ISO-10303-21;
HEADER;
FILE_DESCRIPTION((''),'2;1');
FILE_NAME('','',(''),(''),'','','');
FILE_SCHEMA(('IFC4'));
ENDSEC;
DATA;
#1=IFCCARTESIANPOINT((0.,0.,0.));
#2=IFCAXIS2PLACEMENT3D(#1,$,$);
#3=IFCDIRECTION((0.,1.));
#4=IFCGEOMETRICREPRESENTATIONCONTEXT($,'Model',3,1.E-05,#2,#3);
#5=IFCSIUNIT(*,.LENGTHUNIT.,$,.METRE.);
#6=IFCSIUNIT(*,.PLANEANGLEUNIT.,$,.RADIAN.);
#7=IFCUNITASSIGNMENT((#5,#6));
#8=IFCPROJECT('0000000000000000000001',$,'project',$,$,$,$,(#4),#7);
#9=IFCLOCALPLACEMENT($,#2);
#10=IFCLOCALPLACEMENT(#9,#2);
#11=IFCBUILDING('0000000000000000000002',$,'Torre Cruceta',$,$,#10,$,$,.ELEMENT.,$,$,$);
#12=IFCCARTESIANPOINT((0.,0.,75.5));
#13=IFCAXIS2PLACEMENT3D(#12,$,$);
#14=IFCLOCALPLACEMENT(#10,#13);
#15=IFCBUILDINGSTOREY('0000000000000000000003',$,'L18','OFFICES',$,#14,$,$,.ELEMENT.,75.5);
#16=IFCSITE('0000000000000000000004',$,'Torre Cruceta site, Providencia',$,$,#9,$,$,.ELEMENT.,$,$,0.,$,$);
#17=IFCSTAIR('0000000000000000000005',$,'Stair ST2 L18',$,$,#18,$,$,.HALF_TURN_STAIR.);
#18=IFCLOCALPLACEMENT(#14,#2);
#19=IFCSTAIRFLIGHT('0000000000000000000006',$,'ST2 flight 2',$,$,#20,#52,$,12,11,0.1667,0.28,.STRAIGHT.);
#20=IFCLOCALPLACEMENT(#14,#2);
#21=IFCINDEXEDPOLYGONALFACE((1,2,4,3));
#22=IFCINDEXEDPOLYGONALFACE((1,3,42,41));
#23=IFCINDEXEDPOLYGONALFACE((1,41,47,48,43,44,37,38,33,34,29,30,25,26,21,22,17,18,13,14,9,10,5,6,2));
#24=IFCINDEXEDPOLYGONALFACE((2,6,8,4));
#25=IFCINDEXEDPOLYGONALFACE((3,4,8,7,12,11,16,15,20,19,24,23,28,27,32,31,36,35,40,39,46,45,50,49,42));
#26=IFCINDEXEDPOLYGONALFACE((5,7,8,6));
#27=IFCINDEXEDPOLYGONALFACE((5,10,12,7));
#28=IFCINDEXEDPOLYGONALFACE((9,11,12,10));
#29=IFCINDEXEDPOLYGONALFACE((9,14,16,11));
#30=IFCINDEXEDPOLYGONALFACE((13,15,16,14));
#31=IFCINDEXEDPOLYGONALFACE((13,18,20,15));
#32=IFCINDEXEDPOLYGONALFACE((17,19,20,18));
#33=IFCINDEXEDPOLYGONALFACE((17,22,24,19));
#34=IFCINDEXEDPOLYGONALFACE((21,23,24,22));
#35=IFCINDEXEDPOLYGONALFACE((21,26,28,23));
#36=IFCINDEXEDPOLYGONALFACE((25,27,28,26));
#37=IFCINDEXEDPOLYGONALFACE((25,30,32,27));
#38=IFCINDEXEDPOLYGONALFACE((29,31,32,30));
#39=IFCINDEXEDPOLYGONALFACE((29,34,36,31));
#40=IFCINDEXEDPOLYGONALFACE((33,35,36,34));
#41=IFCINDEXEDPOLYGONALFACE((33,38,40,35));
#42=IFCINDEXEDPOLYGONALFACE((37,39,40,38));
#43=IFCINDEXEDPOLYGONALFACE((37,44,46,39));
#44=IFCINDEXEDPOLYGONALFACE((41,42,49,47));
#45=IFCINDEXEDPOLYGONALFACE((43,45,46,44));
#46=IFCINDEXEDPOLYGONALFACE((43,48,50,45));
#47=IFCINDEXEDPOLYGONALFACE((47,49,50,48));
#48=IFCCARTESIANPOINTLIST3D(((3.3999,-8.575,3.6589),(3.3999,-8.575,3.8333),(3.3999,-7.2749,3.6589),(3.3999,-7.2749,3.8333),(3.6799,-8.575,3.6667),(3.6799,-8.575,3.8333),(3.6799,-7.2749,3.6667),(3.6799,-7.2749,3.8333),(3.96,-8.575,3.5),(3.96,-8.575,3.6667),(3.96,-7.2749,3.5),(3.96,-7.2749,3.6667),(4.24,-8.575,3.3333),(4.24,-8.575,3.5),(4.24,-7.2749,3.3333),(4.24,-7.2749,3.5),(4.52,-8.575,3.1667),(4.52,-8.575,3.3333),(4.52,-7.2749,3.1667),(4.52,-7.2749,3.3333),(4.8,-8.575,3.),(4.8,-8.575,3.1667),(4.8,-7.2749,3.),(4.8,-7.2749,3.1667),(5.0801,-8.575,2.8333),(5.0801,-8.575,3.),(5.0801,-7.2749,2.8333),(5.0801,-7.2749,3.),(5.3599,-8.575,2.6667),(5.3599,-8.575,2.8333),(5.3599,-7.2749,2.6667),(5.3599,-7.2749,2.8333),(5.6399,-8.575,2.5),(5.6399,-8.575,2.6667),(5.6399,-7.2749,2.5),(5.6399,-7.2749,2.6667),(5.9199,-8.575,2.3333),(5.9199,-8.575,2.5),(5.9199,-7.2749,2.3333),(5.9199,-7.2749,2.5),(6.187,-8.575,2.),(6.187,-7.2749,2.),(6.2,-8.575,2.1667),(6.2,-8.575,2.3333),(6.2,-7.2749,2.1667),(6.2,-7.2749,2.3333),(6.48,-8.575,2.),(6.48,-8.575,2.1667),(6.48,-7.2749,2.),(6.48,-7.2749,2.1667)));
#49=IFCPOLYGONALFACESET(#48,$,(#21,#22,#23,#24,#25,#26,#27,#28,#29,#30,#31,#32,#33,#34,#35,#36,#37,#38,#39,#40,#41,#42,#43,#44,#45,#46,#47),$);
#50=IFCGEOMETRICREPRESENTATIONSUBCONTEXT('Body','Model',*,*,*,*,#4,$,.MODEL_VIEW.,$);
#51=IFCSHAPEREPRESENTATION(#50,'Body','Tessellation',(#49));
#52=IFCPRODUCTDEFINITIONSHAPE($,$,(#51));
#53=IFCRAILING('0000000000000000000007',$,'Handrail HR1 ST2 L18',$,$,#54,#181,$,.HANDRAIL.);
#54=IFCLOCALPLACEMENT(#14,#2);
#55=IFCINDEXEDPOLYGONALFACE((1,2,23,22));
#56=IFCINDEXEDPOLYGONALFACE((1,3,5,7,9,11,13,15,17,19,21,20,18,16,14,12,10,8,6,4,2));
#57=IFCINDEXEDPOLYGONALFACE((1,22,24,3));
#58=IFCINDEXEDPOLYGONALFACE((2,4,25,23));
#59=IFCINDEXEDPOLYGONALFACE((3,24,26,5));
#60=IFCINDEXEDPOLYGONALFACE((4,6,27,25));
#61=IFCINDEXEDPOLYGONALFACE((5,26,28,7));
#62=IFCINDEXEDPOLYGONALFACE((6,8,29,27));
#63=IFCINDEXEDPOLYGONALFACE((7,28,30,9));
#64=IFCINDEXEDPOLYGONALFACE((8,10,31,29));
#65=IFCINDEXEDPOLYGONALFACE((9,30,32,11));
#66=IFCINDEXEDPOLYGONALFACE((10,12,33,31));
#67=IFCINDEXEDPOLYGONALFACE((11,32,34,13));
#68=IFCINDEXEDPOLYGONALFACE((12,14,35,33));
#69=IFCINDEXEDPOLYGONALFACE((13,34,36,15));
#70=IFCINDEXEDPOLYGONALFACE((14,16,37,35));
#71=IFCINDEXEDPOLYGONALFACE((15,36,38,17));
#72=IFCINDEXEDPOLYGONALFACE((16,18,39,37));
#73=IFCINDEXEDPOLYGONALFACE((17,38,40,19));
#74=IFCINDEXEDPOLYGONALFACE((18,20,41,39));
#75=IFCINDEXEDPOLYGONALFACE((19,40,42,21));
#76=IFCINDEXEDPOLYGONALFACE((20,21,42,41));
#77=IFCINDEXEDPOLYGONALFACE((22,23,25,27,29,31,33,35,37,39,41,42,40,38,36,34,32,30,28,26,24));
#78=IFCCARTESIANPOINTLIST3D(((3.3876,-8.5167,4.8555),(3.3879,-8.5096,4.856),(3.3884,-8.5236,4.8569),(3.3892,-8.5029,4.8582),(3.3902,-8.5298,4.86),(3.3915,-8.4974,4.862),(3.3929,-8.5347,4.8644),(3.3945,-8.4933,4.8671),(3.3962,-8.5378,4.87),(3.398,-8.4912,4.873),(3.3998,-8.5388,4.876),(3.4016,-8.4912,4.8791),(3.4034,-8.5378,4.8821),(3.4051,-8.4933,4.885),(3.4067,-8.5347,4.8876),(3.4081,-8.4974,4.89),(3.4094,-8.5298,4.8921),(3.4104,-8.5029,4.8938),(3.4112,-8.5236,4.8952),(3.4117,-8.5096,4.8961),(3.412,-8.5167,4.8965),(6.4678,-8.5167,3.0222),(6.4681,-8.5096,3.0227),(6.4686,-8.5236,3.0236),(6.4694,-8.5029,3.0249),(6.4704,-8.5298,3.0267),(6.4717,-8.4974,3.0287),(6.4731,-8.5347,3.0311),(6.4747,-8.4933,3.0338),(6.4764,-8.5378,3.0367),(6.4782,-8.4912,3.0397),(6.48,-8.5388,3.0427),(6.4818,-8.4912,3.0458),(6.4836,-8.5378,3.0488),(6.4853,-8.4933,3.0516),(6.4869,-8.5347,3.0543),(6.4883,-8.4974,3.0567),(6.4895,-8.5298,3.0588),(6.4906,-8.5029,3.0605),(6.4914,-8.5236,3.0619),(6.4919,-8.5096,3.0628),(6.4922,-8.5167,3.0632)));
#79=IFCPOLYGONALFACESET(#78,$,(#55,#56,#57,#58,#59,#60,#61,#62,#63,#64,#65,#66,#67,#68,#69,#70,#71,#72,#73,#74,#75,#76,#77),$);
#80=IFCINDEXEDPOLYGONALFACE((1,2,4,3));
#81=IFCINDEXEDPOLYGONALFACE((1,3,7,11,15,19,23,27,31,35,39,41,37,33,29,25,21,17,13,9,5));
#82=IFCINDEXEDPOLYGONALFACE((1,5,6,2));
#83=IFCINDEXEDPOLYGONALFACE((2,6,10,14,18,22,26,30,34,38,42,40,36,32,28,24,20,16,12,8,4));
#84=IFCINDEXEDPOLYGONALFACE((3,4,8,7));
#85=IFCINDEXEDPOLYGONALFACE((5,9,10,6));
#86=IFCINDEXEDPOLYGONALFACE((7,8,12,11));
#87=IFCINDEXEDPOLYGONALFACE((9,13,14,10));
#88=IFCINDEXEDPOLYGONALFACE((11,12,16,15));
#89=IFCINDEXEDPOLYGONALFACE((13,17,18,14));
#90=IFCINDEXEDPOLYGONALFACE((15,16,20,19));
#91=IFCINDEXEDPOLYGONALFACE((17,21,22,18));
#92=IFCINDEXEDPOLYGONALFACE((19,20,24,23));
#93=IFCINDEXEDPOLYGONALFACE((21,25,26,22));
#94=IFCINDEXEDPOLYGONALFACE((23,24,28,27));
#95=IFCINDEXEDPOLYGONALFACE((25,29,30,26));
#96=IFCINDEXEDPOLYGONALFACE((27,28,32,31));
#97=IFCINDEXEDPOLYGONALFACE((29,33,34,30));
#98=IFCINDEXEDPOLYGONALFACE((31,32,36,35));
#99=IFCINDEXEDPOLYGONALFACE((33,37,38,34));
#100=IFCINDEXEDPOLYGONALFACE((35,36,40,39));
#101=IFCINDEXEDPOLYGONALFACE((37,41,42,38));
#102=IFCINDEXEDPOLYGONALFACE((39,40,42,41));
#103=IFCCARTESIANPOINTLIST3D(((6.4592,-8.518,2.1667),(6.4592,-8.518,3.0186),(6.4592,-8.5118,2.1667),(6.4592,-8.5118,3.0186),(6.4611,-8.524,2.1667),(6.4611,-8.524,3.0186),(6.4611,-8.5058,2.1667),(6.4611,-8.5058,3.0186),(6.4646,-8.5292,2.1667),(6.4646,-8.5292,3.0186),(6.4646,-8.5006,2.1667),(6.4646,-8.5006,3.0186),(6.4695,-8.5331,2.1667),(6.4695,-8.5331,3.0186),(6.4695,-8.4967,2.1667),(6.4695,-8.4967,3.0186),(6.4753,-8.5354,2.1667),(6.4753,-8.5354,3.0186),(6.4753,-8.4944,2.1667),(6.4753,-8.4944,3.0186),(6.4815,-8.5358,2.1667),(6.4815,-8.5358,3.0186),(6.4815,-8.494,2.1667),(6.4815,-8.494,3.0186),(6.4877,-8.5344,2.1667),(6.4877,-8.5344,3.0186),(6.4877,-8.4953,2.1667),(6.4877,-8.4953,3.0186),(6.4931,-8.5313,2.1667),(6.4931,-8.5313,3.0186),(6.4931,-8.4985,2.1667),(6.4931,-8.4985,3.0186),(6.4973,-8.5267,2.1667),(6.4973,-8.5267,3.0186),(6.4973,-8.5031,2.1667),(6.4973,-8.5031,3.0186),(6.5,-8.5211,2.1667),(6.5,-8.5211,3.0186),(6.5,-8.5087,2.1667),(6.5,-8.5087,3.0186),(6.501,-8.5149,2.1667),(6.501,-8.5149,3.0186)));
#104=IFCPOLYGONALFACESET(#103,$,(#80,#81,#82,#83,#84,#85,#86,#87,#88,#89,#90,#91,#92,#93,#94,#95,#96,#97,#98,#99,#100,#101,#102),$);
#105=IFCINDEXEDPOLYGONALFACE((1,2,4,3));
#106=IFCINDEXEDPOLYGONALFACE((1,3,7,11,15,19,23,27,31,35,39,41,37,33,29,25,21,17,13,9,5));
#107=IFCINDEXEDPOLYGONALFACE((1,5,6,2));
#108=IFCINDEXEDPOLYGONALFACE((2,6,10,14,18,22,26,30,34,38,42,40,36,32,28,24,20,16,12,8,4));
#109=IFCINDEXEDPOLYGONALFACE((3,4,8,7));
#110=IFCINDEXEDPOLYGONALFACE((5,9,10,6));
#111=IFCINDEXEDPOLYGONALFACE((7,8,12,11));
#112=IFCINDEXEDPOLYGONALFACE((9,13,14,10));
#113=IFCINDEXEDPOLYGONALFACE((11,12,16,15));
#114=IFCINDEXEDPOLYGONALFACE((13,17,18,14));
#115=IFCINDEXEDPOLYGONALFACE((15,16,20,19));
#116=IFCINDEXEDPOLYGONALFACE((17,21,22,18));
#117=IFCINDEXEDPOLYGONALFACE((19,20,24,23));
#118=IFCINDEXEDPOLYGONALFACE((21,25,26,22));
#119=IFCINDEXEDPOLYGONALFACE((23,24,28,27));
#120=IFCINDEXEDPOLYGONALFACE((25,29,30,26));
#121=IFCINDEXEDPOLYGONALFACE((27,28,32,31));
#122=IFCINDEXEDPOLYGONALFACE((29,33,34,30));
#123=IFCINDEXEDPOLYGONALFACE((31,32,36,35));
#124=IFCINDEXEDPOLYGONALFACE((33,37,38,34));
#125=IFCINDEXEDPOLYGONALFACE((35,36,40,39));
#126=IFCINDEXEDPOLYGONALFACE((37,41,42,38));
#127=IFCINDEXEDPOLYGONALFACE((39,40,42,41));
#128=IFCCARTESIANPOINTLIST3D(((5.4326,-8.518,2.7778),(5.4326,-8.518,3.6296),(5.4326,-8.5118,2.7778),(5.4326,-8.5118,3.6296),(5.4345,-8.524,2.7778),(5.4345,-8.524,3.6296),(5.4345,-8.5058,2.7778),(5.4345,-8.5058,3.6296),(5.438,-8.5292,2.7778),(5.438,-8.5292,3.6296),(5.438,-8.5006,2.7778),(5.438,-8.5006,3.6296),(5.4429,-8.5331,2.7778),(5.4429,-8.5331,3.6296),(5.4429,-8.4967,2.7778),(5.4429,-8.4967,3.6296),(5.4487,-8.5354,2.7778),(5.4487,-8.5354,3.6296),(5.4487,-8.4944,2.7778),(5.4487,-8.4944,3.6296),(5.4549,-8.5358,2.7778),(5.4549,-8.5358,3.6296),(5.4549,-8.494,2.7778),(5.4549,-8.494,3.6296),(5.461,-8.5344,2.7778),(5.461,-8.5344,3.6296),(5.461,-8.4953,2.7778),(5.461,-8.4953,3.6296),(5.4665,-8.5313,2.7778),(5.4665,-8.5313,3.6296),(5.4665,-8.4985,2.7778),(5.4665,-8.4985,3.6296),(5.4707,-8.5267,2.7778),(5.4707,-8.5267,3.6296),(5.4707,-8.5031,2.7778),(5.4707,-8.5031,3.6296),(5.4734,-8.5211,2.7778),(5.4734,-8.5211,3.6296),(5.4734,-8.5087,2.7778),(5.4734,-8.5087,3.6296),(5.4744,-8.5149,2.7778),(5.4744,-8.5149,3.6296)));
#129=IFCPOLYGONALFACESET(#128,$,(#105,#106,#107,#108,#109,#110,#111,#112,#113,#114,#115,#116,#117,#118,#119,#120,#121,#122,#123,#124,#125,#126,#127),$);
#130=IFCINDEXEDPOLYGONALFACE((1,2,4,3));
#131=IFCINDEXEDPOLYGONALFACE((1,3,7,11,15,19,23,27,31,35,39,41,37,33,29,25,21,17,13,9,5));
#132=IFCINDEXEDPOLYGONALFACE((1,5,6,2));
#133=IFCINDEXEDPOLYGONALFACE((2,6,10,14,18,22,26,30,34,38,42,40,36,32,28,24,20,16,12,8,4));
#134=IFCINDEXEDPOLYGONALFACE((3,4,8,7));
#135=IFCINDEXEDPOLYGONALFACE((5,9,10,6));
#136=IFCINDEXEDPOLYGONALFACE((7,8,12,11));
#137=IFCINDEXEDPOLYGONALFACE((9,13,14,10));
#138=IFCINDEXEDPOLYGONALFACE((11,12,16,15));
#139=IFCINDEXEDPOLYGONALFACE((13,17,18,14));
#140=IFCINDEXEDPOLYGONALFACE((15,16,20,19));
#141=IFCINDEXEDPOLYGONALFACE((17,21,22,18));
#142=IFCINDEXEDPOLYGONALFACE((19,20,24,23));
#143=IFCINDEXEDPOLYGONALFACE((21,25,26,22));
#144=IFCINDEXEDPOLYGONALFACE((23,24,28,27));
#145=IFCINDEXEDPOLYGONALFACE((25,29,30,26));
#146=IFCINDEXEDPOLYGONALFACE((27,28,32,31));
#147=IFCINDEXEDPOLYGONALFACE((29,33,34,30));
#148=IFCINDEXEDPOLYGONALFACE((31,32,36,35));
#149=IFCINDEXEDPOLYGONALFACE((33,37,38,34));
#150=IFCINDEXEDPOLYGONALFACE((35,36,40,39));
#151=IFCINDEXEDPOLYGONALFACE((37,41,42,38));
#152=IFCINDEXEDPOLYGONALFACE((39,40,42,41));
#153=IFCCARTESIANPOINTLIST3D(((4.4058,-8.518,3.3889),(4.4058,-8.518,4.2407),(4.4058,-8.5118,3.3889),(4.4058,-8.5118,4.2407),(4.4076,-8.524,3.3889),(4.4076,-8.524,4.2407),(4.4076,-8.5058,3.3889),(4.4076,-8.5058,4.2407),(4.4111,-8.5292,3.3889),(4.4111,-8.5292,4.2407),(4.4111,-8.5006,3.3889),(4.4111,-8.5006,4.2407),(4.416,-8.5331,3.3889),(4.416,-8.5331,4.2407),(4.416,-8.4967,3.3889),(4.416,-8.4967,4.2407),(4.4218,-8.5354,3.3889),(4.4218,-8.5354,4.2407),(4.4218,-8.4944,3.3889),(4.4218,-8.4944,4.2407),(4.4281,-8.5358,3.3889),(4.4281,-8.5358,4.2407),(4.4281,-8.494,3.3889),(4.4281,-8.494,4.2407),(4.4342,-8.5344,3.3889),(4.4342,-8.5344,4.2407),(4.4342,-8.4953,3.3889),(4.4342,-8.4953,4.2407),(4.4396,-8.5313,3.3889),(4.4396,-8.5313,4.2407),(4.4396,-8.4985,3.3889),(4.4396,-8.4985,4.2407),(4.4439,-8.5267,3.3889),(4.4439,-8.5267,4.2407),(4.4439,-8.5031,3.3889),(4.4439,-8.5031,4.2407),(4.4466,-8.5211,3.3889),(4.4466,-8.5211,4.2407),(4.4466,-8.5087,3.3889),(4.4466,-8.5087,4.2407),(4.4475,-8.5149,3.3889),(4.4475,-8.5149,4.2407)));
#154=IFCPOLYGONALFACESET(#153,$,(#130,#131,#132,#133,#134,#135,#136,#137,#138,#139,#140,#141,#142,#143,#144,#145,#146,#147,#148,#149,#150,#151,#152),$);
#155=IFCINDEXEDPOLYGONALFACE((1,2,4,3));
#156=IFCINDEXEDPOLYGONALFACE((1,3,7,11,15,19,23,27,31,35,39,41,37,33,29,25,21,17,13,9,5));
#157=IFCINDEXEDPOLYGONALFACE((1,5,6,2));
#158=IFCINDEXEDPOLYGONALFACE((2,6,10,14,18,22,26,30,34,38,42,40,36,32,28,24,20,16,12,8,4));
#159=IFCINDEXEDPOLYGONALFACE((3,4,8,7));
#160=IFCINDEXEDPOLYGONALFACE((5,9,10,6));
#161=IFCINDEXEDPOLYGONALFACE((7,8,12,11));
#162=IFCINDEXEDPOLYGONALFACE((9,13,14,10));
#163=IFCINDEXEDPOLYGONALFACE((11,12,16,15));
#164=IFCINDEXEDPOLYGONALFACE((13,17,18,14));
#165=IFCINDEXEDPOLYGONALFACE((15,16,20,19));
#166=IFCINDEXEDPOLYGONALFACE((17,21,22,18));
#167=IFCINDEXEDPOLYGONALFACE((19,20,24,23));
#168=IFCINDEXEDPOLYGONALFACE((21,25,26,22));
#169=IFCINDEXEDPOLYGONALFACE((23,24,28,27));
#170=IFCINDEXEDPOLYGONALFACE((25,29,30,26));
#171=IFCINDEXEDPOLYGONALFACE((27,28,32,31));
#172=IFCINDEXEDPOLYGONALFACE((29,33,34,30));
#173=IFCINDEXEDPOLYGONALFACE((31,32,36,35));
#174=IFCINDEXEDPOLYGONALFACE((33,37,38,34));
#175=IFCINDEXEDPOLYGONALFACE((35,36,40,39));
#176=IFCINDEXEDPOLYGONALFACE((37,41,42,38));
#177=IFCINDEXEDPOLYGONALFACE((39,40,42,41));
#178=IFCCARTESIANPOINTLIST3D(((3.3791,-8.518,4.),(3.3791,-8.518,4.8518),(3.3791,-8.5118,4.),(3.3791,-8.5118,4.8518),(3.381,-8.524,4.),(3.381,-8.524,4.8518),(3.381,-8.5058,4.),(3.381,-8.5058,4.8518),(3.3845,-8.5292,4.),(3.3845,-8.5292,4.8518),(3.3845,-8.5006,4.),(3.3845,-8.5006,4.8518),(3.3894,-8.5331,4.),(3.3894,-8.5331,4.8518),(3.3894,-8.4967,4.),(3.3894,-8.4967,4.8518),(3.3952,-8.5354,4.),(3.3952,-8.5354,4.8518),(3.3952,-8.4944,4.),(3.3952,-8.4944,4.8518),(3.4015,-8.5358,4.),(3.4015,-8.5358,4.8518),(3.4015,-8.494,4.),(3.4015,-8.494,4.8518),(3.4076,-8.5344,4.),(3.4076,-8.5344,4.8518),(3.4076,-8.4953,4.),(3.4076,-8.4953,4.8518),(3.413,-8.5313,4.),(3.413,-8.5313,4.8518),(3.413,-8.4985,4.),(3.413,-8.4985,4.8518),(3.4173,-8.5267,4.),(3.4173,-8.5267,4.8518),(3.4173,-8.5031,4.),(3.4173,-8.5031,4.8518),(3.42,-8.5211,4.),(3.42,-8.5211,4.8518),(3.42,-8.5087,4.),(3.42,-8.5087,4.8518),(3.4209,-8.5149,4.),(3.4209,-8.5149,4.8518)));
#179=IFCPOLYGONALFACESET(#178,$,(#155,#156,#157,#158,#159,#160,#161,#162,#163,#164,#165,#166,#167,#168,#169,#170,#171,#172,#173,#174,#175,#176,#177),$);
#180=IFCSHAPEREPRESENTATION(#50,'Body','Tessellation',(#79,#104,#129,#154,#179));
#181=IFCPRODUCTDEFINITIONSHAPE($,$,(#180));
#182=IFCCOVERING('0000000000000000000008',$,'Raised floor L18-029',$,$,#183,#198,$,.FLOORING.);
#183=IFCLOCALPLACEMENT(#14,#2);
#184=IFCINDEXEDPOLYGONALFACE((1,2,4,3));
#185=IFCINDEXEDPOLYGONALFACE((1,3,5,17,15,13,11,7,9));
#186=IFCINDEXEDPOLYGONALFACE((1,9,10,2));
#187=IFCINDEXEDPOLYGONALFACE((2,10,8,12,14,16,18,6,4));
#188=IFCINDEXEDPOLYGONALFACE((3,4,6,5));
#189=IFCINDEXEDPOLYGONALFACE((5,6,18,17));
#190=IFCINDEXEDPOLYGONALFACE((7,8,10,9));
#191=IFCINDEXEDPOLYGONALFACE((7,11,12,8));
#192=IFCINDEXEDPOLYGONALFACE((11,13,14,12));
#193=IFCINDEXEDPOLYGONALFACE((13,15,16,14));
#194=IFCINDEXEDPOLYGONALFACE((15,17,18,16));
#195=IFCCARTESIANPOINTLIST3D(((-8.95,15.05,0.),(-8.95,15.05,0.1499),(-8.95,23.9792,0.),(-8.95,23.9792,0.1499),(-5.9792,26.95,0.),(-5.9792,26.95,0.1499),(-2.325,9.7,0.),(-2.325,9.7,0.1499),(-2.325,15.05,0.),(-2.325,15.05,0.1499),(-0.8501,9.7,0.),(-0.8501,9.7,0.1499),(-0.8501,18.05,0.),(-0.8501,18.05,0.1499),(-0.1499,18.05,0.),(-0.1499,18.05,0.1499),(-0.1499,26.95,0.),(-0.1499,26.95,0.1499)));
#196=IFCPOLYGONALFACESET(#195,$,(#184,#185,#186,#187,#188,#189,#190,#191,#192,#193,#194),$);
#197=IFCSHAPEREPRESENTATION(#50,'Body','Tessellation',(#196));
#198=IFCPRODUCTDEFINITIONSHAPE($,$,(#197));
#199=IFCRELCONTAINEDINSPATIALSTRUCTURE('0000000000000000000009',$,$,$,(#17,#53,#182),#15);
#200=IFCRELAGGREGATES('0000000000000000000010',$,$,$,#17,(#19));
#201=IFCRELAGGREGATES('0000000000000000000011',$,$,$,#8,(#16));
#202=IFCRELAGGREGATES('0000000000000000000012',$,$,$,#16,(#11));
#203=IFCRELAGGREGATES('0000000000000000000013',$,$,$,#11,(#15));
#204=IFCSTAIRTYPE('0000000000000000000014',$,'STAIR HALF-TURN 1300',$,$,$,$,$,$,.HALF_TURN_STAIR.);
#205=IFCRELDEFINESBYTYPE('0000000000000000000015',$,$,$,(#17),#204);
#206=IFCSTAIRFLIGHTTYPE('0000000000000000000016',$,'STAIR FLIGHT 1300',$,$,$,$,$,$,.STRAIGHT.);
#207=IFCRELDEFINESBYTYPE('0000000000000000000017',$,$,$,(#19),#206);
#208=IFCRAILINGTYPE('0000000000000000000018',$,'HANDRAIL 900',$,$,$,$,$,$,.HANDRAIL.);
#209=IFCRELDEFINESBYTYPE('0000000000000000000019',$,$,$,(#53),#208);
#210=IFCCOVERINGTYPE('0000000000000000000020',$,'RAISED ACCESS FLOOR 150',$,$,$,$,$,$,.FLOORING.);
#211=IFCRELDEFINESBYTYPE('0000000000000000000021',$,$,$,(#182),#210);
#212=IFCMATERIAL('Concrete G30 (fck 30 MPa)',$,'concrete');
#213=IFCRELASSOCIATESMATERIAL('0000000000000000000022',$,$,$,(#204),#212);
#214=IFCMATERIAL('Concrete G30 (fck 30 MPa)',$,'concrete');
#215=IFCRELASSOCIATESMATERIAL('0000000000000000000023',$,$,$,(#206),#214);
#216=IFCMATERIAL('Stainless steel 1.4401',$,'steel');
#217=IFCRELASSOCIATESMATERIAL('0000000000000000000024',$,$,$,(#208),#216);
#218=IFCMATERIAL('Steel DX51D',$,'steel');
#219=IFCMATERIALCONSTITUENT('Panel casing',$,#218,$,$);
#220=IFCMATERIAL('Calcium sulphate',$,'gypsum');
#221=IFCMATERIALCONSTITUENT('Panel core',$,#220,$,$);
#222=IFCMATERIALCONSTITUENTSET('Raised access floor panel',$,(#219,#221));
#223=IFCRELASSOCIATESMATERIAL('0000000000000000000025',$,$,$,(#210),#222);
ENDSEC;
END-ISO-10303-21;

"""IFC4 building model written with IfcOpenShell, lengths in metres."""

from ifc_helpers import new_model, si_unit, direction, frame, origin, origin_2d, place, context, subcontext, project, spatial, polyline, circle, outline, extrude, material, constituent, constituent_set, type_object, element, aggregate, save


model = new_model("IFC4")

# Units and contexts
model_context = context("Model", 3, precision=1e-05, world=origin(), true_north=direction((0.0, 1.0)))
body_context = subcontext(model_context, "Body", "Model", "MODEL_VIEW")
ifc_project = project(units=[si_unit("LENGTHUNIT", "METRE"), si_unit("PLANEANGLEUNIT", "RADIAN")], contexts=[model_context])

# Site, building, storey
site_placement = place(None, origin())
site = spatial("IfcSite", under=ifc_project, at=site_placement, Name="Torre Cruceta site, Providencia", CompositionType="ELEMENT", RefElevation=0.0)
building_placement = place(site_placement, origin())
building = spatial("IfcBuilding", under=site, at=building_placement, Name="Torre Cruceta", CompositionType="ELEMENT")
storey_placement = place(building_placement, frame((0.0, 0.0, 75.5)))
storey = spatial("IfcBuildingStorey", under=building, at=storey_placement, Name="L18", Description="OFFICES", CompositionType="ELEMENT", Elevation=75.5)

# Stair
ifc_material_1 = material(Name="Concrete G30 (fck 30 MPa)", Category="concrete")
stair_type = type_object("IfcStairType", Name="STAIR HALF-TURN 1300", PredefinedType="HALF_TURN_STAIR", material=ifc_material_1)
stair_placement = place(storey_placement, origin())
stair = element("IfcStair", 1, at=stair_placement, inside=storey, type_object=stair_type, Name="Stair ST2 L18", PredefinedType="HALF_TURN_STAIR")

# Stair flight
ifc_material_2 = material(Name="Concrete G30 (fck 30 MPa)", Category="concrete")
stair_flight_type = type_object("IfcStairFlightType", Name="STAIR FLIGHT 1300", PredefinedType="STRAIGHT", material=ifc_material_2)
stair_flight_1_placement = place(storey_placement, frame((6.48, -7.925, 2.0), z_axis=(0.0, 0.0, 1.0), x_axis=(-1.0, 0.0, 0.0)))
stair_flight_1 = element("IfcStairFlight", 2, at=stair_flight_1_placement, type_object=stair_flight_type, Name="ST2 flight 2", NumberOfRisers=12, NumberOfTreads=11, PredefinedType="STRAIGHT", RiserHeight=0.1667, TreadLength=0.28, context=body_context, shape_type="SweptSolid", body=[
    extrude(outline(polyline([(0.0, 0.0), (0.0, 0.1667), (0.28, 0.1667), (0.28, 0.3333), (0.5601, 0.3333), (0.5601, 0.5), (0.8401, 0.5), (0.8401, 0.6667), (1.1201, 0.6667), (1.1201, 0.8333), (1.3999, 0.8333), (1.3999, 1.0), (1.6799, 1.0), (1.6799, 1.1667), (1.96, 1.1667), (1.96, 1.3333), (2.24, 1.3333), (2.24, 1.5), (2.52, 1.5), (2.52, 1.6667), (2.8, 1.6667), (2.8, 1.8333), (3.0801, 1.8333), (3.0801, 2.0), (3.0801, 1.6589), (0.293, 0.0), (0.0, 0.0)])), frame((0.0, 0.6499, 0.0), z_axis=(0.0, -1.0, 0.0), x_axis=(1.0, 0.0, 0.0)), (0.0, 0.0, 1.0), 1.3),
])
aggregate(stair, [stair_flight_1])

# Railing
ifc_material_3 = material(Name="Stainless steel 1.4401", Category="steel")
railing_type = type_object("IfcRailingType", Name="HANDRAIL 900", PredefinedType="HANDRAIL", material=ifc_material_3)
railing_1_placement = place(storey_placement, frame((6.48, -8.5149, 2.1667)))
element("IfcRailing", 3, at=railing_1_placement, inside=storey, type_object=railing_type, Name="Handrail HR1 ST2 L18", PredefinedType="HANDRAIL", context=body_context, shape_type="SweptSolid", body=[
    extrude(circle(Radius=0.0239, at=origin_2d()), frame((0.0, 0.0, 0.876), z_axis=(-0.859309, 0.0, 0.511458), x_axis=(0.0, -1.0, 0.0)), (0.0, 0.0, 1.0), 3.5845),
    extrude(circle(Radius=0.021, at=origin_2d()), origin(), (0.0, 0.0, 1.0), 0.8518),
    extrude(circle(Radius=0.021, at=origin_2d()), frame((-1.0266, 0.0, 0.6111)), (0.0, 0.0, 1.0), 0.8518),
    extrude(circle(Radius=0.021, at=origin_2d()), frame((-2.0535, 0.0, 1.2222)), (0.0, 0.0, 1.0), 0.8518),
    extrude(circle(Radius=0.021, at=origin_2d()), frame((-3.0801, 0.0, 1.8333)), (0.0, 0.0, 1.0), 0.8518),
])

# Covering
ifc_material_4 = material(Name="Steel DX51D", Category="steel")
ifc_constituent_1 = constituent(ifc_material_4, Name="Panel casing")
ifc_material_5 = material(Name="Calcium sulphate", Category="gypsum")
ifc_constituent_2 = constituent(ifc_material_5, Name="Panel core")
ifc_constituent_set_1 = constituent_set(constituents=[ifc_constituent_1, ifc_constituent_2], Name="Raised access floor panel")
covering_type_1 = type_object("IfcCoveringType", Name="RAISED ACCESS FLOOR 150", PredefinedType="FLOORING", material=ifc_constituent_set_1)
covering_1_placement = place(storey_placement, origin())
element("IfcCovering", 4, at=covering_1_placement, inside=storey, type_object=covering_type_1, Name="Raised floor L18-029", PredefinedType="FLOORING", context=body_context, shape_type="SweptSolid", body=[
    extrude(outline(polyline([(-0.1499, 26.95), (-0.1499, 18.05), (-0.8501, 18.05), (-0.8501, 9.7), (-2.325, 9.7), (-2.325, 15.05), (-8.95, 15.05), (-8.95, 23.9792), (-5.9792, 26.95), (-0.1499, 26.95)])), origin(), (0.0, 0.0, 1.0), 0.1499),
])

save(model, "model.ifc")
